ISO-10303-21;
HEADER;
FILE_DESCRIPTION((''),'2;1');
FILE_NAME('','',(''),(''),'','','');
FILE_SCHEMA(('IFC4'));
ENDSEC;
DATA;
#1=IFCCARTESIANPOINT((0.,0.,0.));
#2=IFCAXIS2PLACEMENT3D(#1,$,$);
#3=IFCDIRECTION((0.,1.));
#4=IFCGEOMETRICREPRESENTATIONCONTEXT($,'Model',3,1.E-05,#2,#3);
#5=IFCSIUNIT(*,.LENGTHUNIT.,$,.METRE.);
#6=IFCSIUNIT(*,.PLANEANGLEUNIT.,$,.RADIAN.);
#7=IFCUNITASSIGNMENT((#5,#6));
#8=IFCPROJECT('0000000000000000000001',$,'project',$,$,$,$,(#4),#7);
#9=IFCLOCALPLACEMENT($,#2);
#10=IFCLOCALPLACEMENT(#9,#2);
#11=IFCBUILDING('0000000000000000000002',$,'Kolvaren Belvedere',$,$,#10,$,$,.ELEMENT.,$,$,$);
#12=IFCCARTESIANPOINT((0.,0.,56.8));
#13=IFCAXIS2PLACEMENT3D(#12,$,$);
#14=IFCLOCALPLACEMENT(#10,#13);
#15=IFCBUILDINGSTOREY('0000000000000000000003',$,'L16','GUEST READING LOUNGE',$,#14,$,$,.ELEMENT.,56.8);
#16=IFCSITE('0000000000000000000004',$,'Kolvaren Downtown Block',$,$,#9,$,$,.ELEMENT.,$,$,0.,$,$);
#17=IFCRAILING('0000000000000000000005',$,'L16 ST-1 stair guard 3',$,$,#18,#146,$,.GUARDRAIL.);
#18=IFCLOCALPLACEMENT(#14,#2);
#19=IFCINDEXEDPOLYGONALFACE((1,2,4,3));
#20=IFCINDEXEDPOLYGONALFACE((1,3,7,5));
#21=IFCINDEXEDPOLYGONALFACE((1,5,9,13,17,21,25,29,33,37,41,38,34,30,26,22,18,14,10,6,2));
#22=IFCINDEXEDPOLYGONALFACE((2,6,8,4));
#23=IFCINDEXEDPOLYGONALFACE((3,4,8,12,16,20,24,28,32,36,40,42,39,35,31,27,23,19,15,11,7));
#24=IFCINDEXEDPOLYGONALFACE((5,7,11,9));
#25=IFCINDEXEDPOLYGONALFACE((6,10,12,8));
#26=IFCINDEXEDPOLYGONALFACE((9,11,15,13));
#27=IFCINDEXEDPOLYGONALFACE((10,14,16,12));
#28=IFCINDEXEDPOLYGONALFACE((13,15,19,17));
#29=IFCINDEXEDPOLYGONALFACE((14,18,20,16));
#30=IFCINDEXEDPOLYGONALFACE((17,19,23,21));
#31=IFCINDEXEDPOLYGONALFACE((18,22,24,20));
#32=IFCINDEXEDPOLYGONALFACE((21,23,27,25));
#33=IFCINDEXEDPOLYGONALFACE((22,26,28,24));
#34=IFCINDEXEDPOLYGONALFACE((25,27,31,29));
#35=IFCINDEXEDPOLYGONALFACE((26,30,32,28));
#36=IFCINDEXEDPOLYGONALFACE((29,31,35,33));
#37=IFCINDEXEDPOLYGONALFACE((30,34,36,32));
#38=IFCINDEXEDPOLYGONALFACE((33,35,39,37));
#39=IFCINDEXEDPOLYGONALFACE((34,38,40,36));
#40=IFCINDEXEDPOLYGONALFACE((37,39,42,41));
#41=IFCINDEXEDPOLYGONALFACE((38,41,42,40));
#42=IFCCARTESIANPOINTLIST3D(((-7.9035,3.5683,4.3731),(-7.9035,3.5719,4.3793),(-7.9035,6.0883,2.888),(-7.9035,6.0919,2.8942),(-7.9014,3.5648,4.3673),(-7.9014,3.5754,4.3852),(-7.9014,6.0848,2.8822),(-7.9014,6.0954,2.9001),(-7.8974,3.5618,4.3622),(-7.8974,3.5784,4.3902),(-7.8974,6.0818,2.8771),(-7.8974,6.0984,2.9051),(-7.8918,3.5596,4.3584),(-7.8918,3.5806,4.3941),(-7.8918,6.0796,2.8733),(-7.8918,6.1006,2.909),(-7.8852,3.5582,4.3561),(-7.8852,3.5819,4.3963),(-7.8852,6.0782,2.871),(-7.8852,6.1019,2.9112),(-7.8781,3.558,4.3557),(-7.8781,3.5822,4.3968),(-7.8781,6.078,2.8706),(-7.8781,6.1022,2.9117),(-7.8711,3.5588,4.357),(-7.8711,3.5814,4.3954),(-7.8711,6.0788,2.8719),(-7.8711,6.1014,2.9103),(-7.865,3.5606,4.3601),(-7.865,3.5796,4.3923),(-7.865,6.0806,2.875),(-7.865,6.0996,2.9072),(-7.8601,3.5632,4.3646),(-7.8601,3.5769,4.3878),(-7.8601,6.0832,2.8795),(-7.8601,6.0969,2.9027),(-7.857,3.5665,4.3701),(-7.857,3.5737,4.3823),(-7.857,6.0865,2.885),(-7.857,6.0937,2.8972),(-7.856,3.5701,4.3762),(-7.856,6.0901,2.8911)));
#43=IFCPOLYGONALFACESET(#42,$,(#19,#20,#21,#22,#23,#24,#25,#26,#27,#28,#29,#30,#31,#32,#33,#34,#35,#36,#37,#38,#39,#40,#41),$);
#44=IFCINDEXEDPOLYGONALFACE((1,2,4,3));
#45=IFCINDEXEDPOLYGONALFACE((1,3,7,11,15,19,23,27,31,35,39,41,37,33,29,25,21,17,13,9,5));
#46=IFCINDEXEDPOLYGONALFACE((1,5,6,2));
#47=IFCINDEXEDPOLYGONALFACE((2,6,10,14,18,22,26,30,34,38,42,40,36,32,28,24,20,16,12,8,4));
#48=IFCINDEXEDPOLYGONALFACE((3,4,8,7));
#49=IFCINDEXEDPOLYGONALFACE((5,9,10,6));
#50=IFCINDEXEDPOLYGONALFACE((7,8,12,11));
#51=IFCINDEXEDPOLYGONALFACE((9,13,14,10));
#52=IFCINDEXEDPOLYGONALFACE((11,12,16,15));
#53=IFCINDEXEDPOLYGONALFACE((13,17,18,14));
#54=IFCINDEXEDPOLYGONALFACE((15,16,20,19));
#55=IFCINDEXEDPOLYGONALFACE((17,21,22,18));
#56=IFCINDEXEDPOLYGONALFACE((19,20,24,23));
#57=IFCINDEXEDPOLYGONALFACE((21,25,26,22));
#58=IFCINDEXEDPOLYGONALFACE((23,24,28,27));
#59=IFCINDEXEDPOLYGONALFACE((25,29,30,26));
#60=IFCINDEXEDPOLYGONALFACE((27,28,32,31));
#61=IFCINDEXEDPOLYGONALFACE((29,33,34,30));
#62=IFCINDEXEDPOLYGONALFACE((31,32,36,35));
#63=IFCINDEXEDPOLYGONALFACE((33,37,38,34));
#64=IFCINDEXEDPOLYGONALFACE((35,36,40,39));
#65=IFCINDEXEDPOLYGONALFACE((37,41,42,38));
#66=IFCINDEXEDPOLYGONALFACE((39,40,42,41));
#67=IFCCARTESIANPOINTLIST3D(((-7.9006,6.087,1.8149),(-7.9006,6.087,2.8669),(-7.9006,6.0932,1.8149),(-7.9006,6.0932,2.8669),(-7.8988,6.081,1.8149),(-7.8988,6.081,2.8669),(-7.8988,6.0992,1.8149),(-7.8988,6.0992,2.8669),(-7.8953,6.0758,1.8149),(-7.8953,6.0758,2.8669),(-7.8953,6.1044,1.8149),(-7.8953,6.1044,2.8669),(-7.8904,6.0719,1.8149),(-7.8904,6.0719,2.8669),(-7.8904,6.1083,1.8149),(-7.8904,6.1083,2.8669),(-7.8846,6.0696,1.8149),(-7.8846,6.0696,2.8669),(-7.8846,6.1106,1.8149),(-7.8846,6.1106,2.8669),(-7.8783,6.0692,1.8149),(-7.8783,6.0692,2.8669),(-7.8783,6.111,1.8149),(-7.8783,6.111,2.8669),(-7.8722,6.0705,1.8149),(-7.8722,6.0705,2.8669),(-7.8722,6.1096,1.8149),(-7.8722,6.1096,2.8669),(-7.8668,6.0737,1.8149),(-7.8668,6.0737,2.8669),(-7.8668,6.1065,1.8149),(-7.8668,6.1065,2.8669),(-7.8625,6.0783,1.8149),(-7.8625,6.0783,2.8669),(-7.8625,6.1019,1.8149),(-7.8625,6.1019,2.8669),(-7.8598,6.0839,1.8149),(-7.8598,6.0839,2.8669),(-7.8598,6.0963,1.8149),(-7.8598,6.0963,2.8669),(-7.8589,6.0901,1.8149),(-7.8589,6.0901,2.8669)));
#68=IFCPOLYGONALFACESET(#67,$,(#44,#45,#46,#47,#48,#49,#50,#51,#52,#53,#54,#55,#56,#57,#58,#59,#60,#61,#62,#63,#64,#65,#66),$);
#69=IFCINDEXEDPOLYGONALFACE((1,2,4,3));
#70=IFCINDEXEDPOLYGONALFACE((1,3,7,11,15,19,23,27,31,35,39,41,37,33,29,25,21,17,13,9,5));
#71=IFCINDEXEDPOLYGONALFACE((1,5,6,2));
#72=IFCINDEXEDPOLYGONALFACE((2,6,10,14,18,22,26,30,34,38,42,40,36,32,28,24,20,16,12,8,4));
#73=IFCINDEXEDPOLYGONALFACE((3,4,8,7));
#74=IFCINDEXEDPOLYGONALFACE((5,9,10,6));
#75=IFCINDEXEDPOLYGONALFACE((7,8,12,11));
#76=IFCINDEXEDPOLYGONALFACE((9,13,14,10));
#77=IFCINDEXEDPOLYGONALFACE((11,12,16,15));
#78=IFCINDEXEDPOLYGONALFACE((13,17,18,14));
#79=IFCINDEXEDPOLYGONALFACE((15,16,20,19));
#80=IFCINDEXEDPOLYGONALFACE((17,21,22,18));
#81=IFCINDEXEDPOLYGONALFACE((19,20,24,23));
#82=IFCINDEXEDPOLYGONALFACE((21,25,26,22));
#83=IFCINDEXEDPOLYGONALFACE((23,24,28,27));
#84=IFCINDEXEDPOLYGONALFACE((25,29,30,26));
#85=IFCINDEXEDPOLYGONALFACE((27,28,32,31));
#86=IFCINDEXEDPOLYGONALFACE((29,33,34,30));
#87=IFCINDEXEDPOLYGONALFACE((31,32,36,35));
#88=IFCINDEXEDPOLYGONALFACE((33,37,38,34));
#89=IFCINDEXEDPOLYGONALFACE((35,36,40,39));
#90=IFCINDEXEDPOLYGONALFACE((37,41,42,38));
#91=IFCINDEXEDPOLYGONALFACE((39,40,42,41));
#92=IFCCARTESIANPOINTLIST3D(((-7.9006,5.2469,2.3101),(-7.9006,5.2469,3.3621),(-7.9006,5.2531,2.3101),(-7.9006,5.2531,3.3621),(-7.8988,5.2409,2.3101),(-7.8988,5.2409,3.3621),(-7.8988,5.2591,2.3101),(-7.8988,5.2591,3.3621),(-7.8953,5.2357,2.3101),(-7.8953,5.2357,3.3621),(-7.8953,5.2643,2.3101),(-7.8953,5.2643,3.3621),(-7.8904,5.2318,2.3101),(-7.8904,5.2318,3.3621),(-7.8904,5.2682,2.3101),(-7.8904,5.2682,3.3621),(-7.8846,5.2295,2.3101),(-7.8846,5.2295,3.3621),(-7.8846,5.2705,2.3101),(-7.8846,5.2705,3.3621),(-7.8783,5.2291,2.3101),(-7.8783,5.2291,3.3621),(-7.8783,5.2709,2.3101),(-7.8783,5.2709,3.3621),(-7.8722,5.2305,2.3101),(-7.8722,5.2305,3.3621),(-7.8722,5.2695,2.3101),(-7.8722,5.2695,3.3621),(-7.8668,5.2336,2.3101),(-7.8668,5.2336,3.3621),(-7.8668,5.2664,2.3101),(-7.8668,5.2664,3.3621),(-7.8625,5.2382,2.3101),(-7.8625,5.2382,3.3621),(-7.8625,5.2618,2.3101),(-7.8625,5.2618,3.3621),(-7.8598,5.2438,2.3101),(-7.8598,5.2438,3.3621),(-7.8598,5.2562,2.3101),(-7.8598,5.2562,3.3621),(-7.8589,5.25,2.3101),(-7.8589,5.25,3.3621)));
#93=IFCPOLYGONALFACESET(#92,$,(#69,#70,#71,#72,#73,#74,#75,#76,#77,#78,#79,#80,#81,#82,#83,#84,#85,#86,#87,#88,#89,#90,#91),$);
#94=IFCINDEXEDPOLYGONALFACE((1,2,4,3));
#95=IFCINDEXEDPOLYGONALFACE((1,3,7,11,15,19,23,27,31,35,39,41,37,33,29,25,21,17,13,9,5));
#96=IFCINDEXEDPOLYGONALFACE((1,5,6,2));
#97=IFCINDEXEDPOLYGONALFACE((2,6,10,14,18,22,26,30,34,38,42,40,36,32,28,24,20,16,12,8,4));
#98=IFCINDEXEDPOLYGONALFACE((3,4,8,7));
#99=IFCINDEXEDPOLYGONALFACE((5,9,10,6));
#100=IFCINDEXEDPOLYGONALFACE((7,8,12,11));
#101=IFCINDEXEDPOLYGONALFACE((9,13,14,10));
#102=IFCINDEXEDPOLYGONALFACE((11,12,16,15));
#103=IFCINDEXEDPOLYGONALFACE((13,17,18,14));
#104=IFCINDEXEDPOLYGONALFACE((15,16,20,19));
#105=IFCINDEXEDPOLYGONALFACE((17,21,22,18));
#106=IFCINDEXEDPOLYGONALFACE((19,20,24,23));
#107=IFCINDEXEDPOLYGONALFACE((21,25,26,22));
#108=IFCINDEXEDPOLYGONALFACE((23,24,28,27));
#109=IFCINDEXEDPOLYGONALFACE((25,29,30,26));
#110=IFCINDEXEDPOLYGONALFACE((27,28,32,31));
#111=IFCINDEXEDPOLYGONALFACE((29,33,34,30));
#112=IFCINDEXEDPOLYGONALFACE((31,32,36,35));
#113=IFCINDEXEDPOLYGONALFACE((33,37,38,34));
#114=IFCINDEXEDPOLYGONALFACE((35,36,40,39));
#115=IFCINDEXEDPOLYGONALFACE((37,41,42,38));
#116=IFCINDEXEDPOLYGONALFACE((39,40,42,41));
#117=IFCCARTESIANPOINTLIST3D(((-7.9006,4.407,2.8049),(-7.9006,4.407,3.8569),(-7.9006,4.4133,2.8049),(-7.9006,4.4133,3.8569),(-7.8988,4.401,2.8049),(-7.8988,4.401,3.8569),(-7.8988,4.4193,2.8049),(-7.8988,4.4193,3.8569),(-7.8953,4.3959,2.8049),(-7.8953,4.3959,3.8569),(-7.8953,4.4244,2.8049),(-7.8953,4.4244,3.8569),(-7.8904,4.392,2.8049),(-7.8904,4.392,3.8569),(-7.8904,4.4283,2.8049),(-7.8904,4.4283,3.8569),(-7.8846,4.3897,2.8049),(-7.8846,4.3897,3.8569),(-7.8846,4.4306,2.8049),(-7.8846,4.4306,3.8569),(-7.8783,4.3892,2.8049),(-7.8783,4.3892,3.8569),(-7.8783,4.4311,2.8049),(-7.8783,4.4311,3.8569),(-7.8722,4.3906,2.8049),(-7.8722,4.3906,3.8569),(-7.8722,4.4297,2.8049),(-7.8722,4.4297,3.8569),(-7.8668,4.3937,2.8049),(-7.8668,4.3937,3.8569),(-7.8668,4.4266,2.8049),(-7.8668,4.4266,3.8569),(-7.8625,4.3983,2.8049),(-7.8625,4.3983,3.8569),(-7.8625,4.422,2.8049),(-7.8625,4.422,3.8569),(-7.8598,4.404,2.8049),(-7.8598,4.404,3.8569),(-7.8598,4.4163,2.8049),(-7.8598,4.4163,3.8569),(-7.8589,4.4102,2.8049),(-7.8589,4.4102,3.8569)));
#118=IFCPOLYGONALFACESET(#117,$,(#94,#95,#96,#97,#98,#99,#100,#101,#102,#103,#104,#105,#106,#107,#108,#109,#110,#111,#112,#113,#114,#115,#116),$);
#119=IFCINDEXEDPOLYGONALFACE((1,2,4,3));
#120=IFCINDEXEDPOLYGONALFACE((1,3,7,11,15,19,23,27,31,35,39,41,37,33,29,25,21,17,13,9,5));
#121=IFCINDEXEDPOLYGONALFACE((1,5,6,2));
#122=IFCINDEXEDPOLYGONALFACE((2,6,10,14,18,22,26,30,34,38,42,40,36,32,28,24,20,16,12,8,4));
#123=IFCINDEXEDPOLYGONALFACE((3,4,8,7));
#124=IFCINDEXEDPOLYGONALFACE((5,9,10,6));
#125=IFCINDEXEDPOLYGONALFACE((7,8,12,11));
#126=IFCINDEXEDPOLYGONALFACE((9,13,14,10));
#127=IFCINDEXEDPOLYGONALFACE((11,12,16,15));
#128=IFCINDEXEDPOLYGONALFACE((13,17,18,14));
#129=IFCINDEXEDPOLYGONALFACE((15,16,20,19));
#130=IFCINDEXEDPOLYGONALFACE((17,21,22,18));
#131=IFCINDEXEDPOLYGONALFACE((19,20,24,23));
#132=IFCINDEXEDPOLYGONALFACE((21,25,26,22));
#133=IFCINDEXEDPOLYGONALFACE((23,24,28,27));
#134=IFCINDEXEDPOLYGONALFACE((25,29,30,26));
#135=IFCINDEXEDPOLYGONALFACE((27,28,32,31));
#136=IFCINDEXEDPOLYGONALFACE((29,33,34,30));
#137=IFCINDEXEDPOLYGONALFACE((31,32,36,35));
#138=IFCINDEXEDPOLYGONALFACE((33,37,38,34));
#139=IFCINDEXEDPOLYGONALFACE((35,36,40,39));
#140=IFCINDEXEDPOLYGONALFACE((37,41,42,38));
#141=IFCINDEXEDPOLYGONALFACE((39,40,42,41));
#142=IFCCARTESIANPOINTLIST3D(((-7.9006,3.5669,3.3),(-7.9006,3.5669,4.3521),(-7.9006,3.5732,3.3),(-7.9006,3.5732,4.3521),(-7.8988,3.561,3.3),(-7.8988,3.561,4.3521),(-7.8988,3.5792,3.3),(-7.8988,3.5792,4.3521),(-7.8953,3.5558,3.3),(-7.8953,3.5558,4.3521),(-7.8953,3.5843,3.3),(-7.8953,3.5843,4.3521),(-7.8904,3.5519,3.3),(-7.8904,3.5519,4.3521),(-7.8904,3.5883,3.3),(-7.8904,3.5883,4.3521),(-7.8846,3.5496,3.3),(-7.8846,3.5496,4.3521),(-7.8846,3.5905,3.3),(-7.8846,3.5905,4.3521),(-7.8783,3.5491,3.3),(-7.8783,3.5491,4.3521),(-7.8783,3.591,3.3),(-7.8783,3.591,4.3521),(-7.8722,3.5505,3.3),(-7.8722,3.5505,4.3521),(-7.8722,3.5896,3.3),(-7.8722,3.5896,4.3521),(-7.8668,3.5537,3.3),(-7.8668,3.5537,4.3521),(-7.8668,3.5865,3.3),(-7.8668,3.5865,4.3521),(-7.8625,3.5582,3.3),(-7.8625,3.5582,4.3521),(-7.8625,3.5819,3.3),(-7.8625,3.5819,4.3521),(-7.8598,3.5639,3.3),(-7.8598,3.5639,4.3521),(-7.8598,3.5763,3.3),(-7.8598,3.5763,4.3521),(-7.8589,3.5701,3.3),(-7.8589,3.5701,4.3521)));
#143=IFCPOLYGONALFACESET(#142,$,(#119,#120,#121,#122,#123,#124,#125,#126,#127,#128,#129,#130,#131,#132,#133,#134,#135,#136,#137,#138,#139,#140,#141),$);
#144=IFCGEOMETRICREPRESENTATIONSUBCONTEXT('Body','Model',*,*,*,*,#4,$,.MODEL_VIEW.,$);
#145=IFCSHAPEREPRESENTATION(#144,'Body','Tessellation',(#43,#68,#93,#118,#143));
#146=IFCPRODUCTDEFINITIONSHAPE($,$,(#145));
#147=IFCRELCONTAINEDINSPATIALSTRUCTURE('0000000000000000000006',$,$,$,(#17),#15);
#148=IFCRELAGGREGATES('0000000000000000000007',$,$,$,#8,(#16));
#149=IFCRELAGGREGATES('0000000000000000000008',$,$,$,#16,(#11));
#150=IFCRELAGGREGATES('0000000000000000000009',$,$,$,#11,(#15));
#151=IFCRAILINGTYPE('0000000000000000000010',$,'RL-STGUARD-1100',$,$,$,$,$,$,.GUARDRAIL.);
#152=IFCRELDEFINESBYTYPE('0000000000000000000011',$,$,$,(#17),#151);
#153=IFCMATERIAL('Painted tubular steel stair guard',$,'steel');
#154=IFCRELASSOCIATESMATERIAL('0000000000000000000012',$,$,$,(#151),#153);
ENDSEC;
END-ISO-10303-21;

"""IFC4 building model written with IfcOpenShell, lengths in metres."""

from ifc_helpers import new_model, si_unit, direction, frame, origin, origin_2d, place, context, subcontext, project, spatial, circle, extrude, material, type_object, element, save


model = new_model("IFC4")

# Units and contexts
model_context = context("Model", 3, precision=1e-05, world=origin(), true_north=direction((0.0, 1.0)))
body_context = subcontext(model_context, "Body", "Model", "MODEL_VIEW")
ifc_project = project(units=[si_unit("LENGTHUNIT", "METRE"), si_unit("PLANEANGLEUNIT", "RADIAN")], contexts=[model_context])

# Site, building, storey
site_placement = place(None, origin())
site = spatial("IfcSite", under=ifc_project, at=site_placement, Name="Kolvaren Downtown Block", CompositionType="ELEMENT", RefElevation=0.0)
building_placement = place(site_placement, origin())
building = spatial("IfcBuilding", under=site, at=building_placement, Name="Kolvaren Belvedere", CompositionType="ELEMENT")
storey_placement = place(building_placement, frame((0.0, 0.0, 56.8)))
storey = spatial("IfcBuildingStorey", under=building, at=storey_placement, Name="L16", Description="GUEST READING LOUNGE", CompositionType="ELEMENT", Elevation=56.8)

# Railing
ifc_material_1 = material(Name="Painted tubular steel stair guard", Category="steel")
railing_type_1 = type_object("IfcRailingType", Name="RL-STGUARD-1100", PredefinedType="GUARDRAIL", material=ifc_material_1)
railing_1_placement = place(storey_placement, frame((-7.8799, 6.0901, 1.8149)))
element("IfcRailing", 1, at=railing_1_placement, inside=storey, type_object=railing_type_1, Name="L16 ST-1 stair guard 3", PredefinedType="GUARDRAIL", context=body_context, shape_type="SweptSolid", body=[
    extrude(circle(Radius=0.0239, at=origin_2d()), frame((0.0, 0.0, 1.0762), z_axis=(0.0, -0.861524, 0.507717), x_axis=(1.0, 0.0, 0.0)), (0.0, 0.0, 1.0), 2.925),
    extrude(circle(Radius=0.021, at=origin_2d()), origin(), (0.0, 0.0, 1.0), 1.052),
    extrude(circle(Radius=0.021, at=origin_2d()), frame((0.0, -0.8401, 0.4951)), (0.0, 0.0, 1.0), 1.052),
    extrude(circle(Radius=0.021, at=origin_2d()), frame((0.0, -1.6799, 0.99)), (0.0, 0.0, 1.0), 1.052),
    extrude(circle(Radius=0.021, at=origin_2d()), frame((0.0, -2.52, 1.4851)), (0.0, 0.0, 1.0), 1.052),
])

save(model, "model.ifc")
